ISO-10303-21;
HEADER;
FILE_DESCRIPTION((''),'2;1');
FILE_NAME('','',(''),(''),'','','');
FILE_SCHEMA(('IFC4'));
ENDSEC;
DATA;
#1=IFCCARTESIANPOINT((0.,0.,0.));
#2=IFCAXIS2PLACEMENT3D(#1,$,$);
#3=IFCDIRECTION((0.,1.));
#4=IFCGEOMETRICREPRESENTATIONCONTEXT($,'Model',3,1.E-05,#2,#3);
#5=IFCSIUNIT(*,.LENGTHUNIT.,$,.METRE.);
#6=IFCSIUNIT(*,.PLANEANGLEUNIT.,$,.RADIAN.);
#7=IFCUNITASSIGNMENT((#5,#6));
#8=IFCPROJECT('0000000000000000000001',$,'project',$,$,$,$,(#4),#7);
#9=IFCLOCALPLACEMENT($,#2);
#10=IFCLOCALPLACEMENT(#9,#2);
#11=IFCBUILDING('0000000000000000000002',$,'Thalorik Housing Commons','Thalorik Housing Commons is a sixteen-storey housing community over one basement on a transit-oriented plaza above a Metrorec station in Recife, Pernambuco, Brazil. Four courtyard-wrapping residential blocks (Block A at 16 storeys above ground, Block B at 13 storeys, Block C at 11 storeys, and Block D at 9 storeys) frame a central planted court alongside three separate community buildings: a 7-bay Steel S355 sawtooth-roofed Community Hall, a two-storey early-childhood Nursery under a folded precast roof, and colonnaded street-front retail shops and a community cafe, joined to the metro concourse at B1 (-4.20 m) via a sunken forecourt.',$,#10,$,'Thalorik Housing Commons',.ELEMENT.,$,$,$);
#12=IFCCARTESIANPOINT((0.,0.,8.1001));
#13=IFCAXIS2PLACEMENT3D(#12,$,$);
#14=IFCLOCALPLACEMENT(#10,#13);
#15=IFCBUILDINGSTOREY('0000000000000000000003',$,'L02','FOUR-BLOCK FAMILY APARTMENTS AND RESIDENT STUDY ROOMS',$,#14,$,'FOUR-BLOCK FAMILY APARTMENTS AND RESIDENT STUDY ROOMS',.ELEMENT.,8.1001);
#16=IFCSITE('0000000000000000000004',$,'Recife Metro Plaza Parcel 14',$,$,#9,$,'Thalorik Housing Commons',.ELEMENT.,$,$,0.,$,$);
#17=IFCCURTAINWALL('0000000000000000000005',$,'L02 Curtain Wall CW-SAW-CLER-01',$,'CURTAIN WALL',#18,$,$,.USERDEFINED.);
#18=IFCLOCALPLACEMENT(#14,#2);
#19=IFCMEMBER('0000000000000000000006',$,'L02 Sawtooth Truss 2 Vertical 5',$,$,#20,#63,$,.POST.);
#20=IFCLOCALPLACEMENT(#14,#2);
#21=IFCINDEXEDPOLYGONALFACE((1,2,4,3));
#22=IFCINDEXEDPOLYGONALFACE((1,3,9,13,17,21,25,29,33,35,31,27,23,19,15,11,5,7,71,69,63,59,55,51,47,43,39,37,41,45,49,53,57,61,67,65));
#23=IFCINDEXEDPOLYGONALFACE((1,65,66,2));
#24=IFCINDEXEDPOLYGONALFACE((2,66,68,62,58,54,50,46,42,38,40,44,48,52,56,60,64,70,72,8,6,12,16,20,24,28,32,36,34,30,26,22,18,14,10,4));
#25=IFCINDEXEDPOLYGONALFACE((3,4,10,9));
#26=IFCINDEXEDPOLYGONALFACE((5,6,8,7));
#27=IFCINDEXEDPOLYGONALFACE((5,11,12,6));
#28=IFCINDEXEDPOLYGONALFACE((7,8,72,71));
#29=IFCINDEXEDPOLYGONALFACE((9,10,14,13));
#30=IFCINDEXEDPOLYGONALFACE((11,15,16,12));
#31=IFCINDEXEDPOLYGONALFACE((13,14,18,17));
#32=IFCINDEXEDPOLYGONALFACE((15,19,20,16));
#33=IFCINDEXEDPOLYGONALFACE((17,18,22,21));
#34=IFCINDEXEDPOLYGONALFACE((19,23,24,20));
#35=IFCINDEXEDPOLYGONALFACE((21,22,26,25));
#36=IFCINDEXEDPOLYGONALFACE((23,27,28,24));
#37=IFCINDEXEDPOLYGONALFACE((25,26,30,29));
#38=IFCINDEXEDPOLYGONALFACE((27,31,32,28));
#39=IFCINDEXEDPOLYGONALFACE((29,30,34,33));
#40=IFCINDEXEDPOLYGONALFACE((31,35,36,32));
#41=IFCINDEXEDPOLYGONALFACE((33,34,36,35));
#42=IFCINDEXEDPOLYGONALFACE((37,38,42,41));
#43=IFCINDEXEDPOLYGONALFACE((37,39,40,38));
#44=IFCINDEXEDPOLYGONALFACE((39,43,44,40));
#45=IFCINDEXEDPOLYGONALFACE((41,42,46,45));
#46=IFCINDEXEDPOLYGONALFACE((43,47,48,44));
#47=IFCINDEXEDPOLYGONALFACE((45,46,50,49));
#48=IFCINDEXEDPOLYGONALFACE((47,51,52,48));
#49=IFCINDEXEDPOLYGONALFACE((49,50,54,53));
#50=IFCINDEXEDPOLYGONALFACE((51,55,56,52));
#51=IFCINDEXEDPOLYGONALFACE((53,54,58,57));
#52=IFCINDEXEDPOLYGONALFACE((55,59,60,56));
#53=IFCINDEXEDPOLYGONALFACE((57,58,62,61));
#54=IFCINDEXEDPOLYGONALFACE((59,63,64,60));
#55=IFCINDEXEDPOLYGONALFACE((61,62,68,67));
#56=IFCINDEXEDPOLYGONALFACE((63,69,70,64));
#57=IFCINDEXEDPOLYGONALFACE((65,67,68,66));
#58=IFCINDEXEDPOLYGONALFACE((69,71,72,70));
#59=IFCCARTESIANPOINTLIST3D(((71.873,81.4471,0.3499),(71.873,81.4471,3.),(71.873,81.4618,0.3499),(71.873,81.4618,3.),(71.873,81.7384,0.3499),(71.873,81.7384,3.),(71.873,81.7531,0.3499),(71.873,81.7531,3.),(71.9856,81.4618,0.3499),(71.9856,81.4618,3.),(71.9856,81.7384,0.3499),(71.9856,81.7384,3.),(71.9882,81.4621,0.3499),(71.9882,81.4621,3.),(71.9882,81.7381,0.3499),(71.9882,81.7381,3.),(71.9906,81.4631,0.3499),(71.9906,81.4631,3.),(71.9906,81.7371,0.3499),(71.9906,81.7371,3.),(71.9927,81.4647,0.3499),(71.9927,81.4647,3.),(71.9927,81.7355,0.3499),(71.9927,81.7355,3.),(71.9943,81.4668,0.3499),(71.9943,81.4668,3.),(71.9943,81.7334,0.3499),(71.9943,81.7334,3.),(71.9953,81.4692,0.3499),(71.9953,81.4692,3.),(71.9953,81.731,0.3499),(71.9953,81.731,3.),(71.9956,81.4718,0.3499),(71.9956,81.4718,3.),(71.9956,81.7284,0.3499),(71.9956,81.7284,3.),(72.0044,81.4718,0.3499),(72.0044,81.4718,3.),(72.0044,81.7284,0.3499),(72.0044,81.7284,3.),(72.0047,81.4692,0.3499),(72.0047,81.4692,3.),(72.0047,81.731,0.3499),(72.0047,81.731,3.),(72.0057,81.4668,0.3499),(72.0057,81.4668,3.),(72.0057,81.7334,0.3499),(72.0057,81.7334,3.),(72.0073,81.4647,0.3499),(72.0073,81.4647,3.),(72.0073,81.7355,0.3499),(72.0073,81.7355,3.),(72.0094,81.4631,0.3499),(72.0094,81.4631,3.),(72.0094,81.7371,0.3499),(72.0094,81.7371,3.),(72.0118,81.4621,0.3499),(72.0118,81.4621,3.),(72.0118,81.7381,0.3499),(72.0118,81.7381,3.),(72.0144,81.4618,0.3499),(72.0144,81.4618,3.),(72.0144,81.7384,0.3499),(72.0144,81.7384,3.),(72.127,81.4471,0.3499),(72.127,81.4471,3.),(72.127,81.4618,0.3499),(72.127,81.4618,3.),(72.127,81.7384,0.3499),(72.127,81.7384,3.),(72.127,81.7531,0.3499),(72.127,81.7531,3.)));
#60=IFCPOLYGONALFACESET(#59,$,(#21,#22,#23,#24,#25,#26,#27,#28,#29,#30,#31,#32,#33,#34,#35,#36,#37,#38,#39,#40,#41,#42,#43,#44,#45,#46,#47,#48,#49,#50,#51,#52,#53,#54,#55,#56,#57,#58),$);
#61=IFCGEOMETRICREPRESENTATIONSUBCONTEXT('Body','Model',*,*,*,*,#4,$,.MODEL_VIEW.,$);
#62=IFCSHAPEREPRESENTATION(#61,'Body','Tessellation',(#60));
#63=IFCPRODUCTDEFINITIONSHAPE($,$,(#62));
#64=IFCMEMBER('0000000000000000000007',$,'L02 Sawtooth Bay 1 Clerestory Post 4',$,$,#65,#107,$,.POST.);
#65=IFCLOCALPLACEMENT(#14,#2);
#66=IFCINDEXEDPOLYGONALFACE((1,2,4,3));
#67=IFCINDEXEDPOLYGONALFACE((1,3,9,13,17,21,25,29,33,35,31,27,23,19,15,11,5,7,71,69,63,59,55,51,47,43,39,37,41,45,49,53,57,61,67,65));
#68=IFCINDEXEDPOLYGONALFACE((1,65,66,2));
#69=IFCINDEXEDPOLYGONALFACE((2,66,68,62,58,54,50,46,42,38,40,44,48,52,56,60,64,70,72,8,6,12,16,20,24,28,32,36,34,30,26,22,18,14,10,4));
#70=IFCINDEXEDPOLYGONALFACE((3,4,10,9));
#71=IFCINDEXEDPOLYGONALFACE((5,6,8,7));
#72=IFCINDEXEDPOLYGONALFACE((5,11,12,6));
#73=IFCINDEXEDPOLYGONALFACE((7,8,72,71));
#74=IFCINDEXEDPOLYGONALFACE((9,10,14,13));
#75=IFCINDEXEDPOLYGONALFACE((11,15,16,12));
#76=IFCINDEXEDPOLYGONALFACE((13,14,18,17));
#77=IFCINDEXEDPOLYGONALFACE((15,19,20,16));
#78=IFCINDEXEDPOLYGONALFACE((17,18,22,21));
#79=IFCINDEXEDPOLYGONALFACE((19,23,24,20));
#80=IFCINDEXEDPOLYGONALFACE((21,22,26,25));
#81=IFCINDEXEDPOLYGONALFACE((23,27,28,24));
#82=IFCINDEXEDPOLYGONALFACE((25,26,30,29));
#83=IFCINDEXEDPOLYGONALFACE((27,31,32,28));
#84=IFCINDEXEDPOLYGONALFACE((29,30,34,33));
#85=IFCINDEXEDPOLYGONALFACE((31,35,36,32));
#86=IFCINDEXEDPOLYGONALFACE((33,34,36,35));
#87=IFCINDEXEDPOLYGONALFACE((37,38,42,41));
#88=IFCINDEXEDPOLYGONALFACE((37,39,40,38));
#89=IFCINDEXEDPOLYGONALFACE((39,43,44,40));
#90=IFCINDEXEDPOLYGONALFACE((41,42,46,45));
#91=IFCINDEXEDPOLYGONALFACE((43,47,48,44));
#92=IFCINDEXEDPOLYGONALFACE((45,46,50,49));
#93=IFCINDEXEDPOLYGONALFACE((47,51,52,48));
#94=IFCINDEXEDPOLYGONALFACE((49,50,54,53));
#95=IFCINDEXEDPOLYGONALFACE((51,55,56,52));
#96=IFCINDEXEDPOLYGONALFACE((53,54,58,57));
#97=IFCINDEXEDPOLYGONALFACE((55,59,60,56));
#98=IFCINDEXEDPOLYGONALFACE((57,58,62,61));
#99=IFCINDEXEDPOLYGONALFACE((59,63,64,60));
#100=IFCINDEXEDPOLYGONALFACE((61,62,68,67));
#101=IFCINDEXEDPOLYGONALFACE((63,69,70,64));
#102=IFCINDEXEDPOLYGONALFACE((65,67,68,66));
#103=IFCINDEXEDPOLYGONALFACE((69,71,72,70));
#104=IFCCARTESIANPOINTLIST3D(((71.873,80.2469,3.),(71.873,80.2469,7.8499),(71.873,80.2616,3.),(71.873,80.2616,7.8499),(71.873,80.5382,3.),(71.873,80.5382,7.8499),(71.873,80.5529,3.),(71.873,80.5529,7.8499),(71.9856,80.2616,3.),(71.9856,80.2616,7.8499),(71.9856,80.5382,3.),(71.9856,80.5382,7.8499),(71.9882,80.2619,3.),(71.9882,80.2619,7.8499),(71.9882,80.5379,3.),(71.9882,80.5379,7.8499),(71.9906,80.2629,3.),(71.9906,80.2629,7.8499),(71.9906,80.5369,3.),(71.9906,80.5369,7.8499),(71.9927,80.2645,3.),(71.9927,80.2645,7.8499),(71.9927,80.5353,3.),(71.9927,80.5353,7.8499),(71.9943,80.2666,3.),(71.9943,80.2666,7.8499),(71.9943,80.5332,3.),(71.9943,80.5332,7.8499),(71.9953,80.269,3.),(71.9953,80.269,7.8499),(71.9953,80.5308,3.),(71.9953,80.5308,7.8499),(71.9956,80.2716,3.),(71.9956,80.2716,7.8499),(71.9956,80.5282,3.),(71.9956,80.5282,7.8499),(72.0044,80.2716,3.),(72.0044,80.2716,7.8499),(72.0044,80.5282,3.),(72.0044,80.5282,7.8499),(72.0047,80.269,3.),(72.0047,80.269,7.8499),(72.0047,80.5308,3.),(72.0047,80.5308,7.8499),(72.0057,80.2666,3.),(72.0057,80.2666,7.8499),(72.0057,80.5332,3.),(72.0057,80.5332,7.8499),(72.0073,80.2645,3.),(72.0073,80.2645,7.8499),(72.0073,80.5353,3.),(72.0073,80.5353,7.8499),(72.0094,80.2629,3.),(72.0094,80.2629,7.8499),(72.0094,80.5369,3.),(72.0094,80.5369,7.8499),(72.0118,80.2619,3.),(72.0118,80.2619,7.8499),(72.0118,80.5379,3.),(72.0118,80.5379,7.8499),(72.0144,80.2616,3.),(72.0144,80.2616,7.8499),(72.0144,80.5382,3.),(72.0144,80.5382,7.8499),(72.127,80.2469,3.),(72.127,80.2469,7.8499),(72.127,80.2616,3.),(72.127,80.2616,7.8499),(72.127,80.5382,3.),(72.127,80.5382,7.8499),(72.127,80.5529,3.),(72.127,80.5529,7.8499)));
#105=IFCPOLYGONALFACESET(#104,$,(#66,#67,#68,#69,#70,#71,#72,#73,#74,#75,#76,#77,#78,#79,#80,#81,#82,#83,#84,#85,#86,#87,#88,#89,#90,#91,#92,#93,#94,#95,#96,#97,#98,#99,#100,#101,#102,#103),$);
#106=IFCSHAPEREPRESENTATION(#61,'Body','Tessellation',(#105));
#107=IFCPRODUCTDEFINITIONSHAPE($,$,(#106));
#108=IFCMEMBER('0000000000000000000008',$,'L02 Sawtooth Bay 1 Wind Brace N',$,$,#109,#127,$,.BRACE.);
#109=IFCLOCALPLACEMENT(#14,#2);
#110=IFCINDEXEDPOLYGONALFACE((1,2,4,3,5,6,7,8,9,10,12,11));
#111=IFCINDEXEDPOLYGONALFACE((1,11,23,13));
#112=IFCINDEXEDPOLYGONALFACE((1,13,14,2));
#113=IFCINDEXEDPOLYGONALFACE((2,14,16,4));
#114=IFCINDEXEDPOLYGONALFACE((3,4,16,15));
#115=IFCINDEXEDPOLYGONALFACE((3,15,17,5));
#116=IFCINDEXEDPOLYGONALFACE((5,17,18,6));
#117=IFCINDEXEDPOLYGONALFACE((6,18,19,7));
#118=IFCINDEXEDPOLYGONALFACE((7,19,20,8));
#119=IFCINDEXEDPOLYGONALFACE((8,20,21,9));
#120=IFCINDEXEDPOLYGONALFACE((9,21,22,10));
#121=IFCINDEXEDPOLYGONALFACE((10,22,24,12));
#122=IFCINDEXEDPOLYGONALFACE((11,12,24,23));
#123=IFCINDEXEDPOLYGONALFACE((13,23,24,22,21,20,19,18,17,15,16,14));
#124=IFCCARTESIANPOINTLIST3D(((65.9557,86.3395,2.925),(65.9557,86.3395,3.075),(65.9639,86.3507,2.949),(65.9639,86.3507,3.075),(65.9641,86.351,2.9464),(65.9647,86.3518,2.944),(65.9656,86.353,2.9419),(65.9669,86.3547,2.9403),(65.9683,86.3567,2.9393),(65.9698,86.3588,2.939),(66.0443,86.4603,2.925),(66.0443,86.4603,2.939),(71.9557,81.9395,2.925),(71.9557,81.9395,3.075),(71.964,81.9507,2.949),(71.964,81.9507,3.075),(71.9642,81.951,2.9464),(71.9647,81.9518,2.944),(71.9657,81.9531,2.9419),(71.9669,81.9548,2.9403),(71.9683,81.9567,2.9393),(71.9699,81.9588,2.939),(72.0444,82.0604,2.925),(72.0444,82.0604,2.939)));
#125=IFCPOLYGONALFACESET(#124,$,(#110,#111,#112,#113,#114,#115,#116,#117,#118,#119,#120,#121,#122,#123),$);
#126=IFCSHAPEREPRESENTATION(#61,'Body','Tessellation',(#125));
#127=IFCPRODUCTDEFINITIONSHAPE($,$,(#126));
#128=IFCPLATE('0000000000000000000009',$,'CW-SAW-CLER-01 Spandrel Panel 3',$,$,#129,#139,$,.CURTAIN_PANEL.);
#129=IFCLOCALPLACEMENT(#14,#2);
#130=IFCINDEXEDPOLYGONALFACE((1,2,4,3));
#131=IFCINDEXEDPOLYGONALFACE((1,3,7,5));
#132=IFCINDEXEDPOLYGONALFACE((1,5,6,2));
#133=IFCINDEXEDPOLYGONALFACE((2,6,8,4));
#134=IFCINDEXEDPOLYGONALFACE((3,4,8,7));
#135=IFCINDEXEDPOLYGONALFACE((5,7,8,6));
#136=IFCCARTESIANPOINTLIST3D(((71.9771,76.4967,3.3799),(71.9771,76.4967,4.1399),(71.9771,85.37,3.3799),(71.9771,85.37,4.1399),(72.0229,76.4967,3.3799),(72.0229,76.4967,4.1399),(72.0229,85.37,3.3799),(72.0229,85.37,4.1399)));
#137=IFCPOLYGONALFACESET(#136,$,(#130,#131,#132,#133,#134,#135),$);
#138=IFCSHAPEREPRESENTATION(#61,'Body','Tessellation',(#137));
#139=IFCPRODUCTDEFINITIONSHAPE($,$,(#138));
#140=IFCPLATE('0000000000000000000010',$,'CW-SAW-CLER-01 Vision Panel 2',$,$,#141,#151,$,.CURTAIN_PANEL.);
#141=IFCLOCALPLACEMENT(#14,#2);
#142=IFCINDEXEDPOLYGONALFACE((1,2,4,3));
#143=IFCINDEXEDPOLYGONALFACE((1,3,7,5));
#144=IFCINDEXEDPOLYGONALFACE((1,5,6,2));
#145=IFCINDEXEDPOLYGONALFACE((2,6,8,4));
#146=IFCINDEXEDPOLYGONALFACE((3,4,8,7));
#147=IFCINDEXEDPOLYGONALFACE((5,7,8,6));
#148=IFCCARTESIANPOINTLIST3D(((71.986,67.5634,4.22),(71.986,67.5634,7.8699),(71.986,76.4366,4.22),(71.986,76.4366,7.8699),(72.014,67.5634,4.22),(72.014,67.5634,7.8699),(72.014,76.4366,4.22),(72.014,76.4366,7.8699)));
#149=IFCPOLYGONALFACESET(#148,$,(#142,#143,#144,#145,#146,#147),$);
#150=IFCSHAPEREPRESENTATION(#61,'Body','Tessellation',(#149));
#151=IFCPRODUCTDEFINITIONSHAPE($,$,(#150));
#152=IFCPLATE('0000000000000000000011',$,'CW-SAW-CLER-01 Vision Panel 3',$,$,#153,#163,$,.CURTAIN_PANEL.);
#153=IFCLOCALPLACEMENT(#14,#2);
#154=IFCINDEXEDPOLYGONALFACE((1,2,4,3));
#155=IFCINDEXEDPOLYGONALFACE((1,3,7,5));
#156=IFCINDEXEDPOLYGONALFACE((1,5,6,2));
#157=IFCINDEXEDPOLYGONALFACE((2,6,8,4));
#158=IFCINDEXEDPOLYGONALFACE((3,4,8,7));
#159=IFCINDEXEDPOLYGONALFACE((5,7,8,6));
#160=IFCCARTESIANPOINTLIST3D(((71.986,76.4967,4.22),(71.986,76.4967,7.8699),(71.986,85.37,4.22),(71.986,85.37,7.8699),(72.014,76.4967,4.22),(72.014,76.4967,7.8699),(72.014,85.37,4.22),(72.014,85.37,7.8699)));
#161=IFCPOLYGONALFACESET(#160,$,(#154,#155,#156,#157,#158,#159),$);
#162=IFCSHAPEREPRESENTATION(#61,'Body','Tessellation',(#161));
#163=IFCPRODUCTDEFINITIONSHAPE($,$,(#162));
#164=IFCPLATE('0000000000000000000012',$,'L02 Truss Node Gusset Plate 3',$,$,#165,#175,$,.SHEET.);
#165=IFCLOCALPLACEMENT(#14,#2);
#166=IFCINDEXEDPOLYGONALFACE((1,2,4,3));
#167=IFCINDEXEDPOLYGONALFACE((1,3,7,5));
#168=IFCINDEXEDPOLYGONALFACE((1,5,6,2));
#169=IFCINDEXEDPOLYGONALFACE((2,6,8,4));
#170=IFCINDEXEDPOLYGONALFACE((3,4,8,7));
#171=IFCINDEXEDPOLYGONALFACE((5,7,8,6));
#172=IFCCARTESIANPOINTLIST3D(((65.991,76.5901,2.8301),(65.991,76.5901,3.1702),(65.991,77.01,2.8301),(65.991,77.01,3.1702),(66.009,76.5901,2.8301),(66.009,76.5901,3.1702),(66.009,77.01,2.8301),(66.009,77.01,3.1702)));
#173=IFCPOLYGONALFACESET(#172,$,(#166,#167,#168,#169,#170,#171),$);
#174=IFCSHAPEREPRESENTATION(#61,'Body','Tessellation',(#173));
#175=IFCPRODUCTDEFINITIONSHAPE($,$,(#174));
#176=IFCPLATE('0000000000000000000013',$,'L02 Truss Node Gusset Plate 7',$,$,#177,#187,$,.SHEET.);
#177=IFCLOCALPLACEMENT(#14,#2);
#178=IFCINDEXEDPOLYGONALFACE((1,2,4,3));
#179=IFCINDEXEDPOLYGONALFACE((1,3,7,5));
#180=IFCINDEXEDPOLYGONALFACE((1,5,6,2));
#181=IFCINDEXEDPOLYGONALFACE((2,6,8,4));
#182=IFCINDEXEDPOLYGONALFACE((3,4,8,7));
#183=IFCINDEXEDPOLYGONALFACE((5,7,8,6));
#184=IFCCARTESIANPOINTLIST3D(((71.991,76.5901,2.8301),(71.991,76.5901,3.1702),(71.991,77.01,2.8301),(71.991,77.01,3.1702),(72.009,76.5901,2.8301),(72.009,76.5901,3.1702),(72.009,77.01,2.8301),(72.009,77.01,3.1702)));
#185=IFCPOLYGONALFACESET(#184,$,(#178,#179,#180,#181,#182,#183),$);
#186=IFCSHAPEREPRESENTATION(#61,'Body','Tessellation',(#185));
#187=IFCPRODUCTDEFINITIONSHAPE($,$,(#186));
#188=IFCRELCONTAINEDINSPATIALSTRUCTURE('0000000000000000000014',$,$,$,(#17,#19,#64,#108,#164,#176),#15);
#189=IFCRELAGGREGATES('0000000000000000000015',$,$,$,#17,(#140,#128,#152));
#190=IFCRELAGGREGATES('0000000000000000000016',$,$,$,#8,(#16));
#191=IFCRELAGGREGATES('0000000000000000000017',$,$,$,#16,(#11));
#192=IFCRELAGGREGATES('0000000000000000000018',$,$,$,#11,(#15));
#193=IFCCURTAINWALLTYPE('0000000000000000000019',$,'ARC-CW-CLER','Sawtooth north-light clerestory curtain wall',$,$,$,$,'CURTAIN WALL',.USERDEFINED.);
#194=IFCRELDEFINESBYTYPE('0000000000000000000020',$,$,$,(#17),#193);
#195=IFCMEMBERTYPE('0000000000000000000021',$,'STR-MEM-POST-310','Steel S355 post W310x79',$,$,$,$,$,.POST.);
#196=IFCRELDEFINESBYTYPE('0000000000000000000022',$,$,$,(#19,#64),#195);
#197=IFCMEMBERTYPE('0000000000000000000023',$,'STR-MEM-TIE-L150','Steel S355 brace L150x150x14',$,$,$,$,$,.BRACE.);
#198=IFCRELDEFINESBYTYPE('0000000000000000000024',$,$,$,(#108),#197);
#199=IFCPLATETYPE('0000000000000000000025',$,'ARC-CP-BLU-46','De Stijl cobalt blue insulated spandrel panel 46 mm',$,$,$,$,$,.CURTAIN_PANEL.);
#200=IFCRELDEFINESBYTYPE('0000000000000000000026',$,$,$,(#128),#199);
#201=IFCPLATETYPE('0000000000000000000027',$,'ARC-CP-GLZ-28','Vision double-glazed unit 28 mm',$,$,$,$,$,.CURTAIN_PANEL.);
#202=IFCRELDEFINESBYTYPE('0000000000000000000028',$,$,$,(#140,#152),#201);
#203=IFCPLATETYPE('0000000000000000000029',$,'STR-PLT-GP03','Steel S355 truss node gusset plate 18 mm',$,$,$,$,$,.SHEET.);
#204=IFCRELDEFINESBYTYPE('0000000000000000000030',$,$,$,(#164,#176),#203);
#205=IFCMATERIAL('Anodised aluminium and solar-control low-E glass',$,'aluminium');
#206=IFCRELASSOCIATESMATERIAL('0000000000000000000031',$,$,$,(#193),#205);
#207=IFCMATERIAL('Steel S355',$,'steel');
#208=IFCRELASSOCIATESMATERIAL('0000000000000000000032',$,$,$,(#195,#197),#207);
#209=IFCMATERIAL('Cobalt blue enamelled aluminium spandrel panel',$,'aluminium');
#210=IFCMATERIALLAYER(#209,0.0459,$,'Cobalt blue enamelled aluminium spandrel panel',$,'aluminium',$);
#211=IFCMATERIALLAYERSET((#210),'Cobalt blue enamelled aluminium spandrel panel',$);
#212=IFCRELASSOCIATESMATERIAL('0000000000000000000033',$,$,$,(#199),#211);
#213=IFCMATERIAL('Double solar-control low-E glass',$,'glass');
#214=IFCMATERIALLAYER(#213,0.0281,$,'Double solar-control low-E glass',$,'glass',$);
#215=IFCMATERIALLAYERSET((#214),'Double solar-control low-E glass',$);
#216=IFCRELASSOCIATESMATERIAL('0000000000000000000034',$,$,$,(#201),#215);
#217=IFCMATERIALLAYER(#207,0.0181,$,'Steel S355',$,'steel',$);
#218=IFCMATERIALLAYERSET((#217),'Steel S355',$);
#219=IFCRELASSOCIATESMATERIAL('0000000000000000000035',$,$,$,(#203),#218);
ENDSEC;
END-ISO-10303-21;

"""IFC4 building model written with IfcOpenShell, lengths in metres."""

from ifc_helpers import new_model, si_unit, direction, frame, origin, origin_2d, place, context, subcontext, project, spatial, rectangle, i_section, l_section, extrude, material, layer, layer_set, material_profile, profile_set, type_object, element, aggregate, save


model = new_model("IFC4")

# Units and contexts
model_context = context("Model", 3, precision=1e-05, world=origin(), true_north=direction((0.0, 1.0)))
body_context = subcontext(model_context, "Body", "Model", "MODEL_VIEW")
ifc_project = project(units=[si_unit("LENGTHUNIT", "METRE"), si_unit("PLANEANGLEUNIT", "RADIAN")], contexts=[model_context])

# Site, building, storey
site_placement = place(None, origin())
site = spatial("IfcSite", under=ifc_project, at=site_placement, Name="Recife Metro Plaza Parcel 14", LongName="Thalorik Housing Commons", CompositionType="ELEMENT", RefElevation=0.0)
building_placement = place(site_placement, origin())
building = spatial("IfcBuilding", under=site, at=building_placement, Name="Thalorik Housing Commons", Description="Thalorik Housing Commons is a sixteen-storey housing community over one basement on a transit-oriented plaza above a Metrorec station in Recife, Pernambuco, Brazil. Four courtyard-wrapping residential blocks (Block A at 16 storeys above ground, Block B at 13 storeys, Block C at 11 storeys, and Block D at 9 storeys) frame a central planted court alongside three separate community buildings: a 7-bay Steel S355 sawtooth-roofed Community Hall, a two-storey early-childhood Nursery under a folded precast roof, and colonnaded street-front retail shops and a community cafe, joined to the metro concourse at B1 (-4.20 m) via a sunken forecourt.", LongName="Thalorik Housing Commons", CompositionType="ELEMENT")
storey_placement = place(building_placement, frame((0.0, 0.0, 8.1001)))
storey = spatial("IfcBuildingStorey", under=building, at=storey_placement, Name="L02", Description="FOUR-BLOCK FAMILY APARTMENTS AND RESIDENT STUDY ROOMS", LongName="FOUR-BLOCK FAMILY APARTMENTS AND RESIDENT STUDY ROOMS", CompositionType="ELEMENT", Elevation=8.1001)

# Shared definitions
ifc_material_1 = material(Name="Steel S355", Category="steel")

# Curtain wall
ifc_material_2 = material(Name="Anodised aluminium and solar-control low-E glass", Category="aluminium")
curtain_wall_type = type_object("IfcCurtainWallType", Name="ARC-CW-CLER", Description="Sawtooth north-light clerestory curtain wall", ElementType="CURTAIN WALL", PredefinedType="USERDEFINED", material=ifc_material_2)
curtain_wall_placement = place(storey_placement, origin())
curtain_wall = element("IfcCurtainWall", 1, at=curtain_wall_placement, inside=storey, type_object=curtain_wall_type, Name="L02 Curtain Wall CW-SAW-CLER-01", ObjectType="CURTAIN WALL", PredefinedType="USERDEFINED")

# Members
ifc_material_profile_1 = material_profile(ifc_material_1, i_section(OverallWidth=0.2539, OverallDepth=0.3059, WebThickness=0.0088, FlangeThickness=0.0146, FilletRadius=0.01, at=origin_2d()), Name="W310x79", Category="steel")
ifc_profile_set_1 = profile_set([ifc_material_profile_1], Name="Steel S355")
member_type_1 = type_object("IfcMemberType", Name="STR-MEM-POST-310", Description="Steel S355 post W310x79", PredefinedType="POST", material=ifc_profile_set_1)
for number, where, z_axis, x_axis, name in (
    (2, (72.0, 81.6001, 0.3499), (0.0, 0.0, 1.0), (1.0, 0.0, 0.0), "L02 Sawtooth Truss 2 Vertical 5"),
):
    element("IfcMember", number, at=place(storey_placement, frame(where, z_axis=z_axis, x_axis=x_axis)), inside=storey, type_object=member_type_1, Name=name, PredefinedType="POST", context=body_context, shape_type="SweptSolid", body=[
        extrude(i_section(OverallWidth=0.2539, OverallDepth=0.3059, WebThickness=0.0088, FlangeThickness=0.0146, FilletRadius=0.01, at=origin_2d()), origin(), (0.0, 0.0, 1.0), 2.6501),
    ])
member_1_placement = place(storey_placement, frame((72.0, 80.3999, 3.0), z_axis=(0.0, 0.0, 1.0), x_axis=(1.0, 0.0, 0.0)))
element("IfcMember", 3, at=member_1_placement, inside=storey, type_object=member_type_1, Name="L02 Sawtooth Bay 1 Clerestory Post 4", PredefinedType="POST", context=body_context, shape_type="SweptSolid", body=[
    extrude(i_section(OverallWidth=0.2539, OverallDepth=0.3059, WebThickness=0.0088, FlangeThickness=0.0146, FilletRadius=0.01, at=origin_2d()), origin(), (0.0, 0.0, 1.0), 4.8499),
])
ifc_material_profile_2 = material_profile(ifc_material_1, l_section(Depth=0.1499, Width=0.1499, Thickness=0.0139, FilletRadius=0.01, at=origin_2d()), Name="L150x150x14", Category="steel")
ifc_profile_set_2 = profile_set([ifc_material_profile_2], Name="Steel S355")
member_type_2 = type_object("IfcMemberType", Name="STR-MEM-TIE-L150", Description="Steel S355 brace L150x150x14", PredefinedType="BRACE", material=ifc_profile_set_2)
member_2_placement = place(storey_placement, frame((66.0, 86.3999, 3.0), z_axis=(0.806411, -0.591355, 0.0), x_axis=(0.591355, 0.806411, 0.0)))
element("IfcMember", 4, at=member_2_placement, inside=storey, type_object=member_type_2, Name="L02 Sawtooth Bay 1 Wind Brace N", PredefinedType="BRACE", context=body_context, shape_type="SweptSolid", body=[
    extrude(l_section(Depth=0.1499, Width=0.1499, Thickness=0.0139, FilletRadius=0.01, at=origin_2d()), origin(), (0.0, 0.0, 1.0), 7.4404),
])

# Plates
ifc_material_3 = material(Name="Cobalt blue enamelled aluminium spandrel panel", Category="aluminium")
ifc_layer_1 = layer(ifc_material_3, 0.0459, Name="Cobalt blue enamelled aluminium spandrel panel", Category="aluminium")
ifc_layer_set_1 = layer_set([ifc_layer_1], Name="Cobalt blue enamelled aluminium spandrel panel")
plate_type_1 = type_object("IfcPlateType", Name="ARC-CP-BLU-46", Description="De Stijl cobalt blue insulated spandrel panel 46 mm", PredefinedType="CURTAIN_PANEL", material=ifc_layer_set_1)
plate_1_placement = place(storey_placement, frame((72.0, 80.9333, 3.3799), z_axis=(0.0, 0.0, 1.0), x_axis=(0.0, 1.0, 0.0)))
plate_1 = element("IfcPlate", 5, at=plate_1_placement, type_object=plate_type_1, Name="CW-SAW-CLER-01 Spandrel Panel 3", PredefinedType="CURTAIN_PANEL", context=body_context, shape_type="SweptSolid", body=[
    extrude(rectangle(XDim=8.8733, YDim=0.0459, at=origin_2d()), origin(), (0.0, 0.0, 1.0), 0.76),
])
ifc_material_4 = material(Name="Double solar-control low-E glass", Category="glass")
ifc_layer_2 = layer(ifc_material_4, 0.0281, Name="Double solar-control low-E glass", Category="glass")
ifc_layer_set_2 = layer_set([ifc_layer_2], Name="Double solar-control low-E glass")
plate_type_2 = type_object("IfcPlateType", Name="ARC-CP-GLZ-28", Description="Vision double-glazed unit 28 mm", PredefinedType="CURTAIN_PANEL", material=ifc_layer_set_2)
plate_2_placement = place(storey_placement, frame((72.0, 72.0, 4.22), z_axis=(0.0, 0.0, 1.0), x_axis=(0.0, 1.0, 0.0)))
plate_2 = element("IfcPlate", 6, at=plate_2_placement, type_object=plate_type_2, Name="CW-SAW-CLER-01 Vision Panel 2", PredefinedType="CURTAIN_PANEL", context=body_context, shape_type="SweptSolid", body=[
    extrude(rectangle(XDim=8.8733, YDim=0.0281, at=origin_2d()), origin(), (0.0, 0.0, 1.0), 3.6499),
])
plate_3_placement = place(storey_placement, frame((72.0, 80.9333, 4.22), z_axis=(0.0, 0.0, 1.0), x_axis=(0.0, 1.0, 0.0)))
plate_3 = element("IfcPlate", 7, at=plate_3_placement, type_object=plate_type_2, Name="CW-SAW-CLER-01 Vision Panel 3", PredefinedType="CURTAIN_PANEL", context=body_context, shape_type="SweptSolid", body=[
    extrude(rectangle(XDim=8.8733, YDim=0.0281, at=origin_2d()), origin(), (0.0, 0.0, 1.0), 3.6499),
])
aggregate(curtain_wall, [plate_2, plate_1, plate_3])

# Plates
ifc_layer_3 = layer(ifc_material_1, 0.0181, Name="Steel S355", Category="steel")
ifc_layer_set_3 = layer_set([ifc_layer_3], Name="Steel S355")
plate_type_3 = type_object("IfcPlateType", Name="STR-PLT-GP03", Description="Steel S355 truss node gusset plate 18 mm", PredefinedType="SHEET", material=ifc_layer_set_3)
for number, where, z_axis, x_axis, name in (
    (8, (66.0, 76.8, 2.8301), (0.0, 0.0, 1.0), (1.0, 0.0, 0.0), "L02 Truss Node Gusset Plate 3"),
    (9, (72.0, 76.8, 2.8301), (0.0, 0.0, 1.0), (1.0, 0.0, 0.0), "L02 Truss Node Gusset Plate 7"),
):
    element("IfcPlate", number, at=place(storey_placement, frame(where, z_axis=z_axis, x_axis=x_axis)), inside=storey, type_object=plate_type_3, Name=name, PredefinedType="SHEET", context=body_context, shape_type="SweptSolid", body=[
        extrude(rectangle(XDim=0.0181, YDim=0.4199, at=origin_2d()), origin(), (0.0, 0.0, 1.0), 0.3401),
    ])

save(model, "model.ifc")
